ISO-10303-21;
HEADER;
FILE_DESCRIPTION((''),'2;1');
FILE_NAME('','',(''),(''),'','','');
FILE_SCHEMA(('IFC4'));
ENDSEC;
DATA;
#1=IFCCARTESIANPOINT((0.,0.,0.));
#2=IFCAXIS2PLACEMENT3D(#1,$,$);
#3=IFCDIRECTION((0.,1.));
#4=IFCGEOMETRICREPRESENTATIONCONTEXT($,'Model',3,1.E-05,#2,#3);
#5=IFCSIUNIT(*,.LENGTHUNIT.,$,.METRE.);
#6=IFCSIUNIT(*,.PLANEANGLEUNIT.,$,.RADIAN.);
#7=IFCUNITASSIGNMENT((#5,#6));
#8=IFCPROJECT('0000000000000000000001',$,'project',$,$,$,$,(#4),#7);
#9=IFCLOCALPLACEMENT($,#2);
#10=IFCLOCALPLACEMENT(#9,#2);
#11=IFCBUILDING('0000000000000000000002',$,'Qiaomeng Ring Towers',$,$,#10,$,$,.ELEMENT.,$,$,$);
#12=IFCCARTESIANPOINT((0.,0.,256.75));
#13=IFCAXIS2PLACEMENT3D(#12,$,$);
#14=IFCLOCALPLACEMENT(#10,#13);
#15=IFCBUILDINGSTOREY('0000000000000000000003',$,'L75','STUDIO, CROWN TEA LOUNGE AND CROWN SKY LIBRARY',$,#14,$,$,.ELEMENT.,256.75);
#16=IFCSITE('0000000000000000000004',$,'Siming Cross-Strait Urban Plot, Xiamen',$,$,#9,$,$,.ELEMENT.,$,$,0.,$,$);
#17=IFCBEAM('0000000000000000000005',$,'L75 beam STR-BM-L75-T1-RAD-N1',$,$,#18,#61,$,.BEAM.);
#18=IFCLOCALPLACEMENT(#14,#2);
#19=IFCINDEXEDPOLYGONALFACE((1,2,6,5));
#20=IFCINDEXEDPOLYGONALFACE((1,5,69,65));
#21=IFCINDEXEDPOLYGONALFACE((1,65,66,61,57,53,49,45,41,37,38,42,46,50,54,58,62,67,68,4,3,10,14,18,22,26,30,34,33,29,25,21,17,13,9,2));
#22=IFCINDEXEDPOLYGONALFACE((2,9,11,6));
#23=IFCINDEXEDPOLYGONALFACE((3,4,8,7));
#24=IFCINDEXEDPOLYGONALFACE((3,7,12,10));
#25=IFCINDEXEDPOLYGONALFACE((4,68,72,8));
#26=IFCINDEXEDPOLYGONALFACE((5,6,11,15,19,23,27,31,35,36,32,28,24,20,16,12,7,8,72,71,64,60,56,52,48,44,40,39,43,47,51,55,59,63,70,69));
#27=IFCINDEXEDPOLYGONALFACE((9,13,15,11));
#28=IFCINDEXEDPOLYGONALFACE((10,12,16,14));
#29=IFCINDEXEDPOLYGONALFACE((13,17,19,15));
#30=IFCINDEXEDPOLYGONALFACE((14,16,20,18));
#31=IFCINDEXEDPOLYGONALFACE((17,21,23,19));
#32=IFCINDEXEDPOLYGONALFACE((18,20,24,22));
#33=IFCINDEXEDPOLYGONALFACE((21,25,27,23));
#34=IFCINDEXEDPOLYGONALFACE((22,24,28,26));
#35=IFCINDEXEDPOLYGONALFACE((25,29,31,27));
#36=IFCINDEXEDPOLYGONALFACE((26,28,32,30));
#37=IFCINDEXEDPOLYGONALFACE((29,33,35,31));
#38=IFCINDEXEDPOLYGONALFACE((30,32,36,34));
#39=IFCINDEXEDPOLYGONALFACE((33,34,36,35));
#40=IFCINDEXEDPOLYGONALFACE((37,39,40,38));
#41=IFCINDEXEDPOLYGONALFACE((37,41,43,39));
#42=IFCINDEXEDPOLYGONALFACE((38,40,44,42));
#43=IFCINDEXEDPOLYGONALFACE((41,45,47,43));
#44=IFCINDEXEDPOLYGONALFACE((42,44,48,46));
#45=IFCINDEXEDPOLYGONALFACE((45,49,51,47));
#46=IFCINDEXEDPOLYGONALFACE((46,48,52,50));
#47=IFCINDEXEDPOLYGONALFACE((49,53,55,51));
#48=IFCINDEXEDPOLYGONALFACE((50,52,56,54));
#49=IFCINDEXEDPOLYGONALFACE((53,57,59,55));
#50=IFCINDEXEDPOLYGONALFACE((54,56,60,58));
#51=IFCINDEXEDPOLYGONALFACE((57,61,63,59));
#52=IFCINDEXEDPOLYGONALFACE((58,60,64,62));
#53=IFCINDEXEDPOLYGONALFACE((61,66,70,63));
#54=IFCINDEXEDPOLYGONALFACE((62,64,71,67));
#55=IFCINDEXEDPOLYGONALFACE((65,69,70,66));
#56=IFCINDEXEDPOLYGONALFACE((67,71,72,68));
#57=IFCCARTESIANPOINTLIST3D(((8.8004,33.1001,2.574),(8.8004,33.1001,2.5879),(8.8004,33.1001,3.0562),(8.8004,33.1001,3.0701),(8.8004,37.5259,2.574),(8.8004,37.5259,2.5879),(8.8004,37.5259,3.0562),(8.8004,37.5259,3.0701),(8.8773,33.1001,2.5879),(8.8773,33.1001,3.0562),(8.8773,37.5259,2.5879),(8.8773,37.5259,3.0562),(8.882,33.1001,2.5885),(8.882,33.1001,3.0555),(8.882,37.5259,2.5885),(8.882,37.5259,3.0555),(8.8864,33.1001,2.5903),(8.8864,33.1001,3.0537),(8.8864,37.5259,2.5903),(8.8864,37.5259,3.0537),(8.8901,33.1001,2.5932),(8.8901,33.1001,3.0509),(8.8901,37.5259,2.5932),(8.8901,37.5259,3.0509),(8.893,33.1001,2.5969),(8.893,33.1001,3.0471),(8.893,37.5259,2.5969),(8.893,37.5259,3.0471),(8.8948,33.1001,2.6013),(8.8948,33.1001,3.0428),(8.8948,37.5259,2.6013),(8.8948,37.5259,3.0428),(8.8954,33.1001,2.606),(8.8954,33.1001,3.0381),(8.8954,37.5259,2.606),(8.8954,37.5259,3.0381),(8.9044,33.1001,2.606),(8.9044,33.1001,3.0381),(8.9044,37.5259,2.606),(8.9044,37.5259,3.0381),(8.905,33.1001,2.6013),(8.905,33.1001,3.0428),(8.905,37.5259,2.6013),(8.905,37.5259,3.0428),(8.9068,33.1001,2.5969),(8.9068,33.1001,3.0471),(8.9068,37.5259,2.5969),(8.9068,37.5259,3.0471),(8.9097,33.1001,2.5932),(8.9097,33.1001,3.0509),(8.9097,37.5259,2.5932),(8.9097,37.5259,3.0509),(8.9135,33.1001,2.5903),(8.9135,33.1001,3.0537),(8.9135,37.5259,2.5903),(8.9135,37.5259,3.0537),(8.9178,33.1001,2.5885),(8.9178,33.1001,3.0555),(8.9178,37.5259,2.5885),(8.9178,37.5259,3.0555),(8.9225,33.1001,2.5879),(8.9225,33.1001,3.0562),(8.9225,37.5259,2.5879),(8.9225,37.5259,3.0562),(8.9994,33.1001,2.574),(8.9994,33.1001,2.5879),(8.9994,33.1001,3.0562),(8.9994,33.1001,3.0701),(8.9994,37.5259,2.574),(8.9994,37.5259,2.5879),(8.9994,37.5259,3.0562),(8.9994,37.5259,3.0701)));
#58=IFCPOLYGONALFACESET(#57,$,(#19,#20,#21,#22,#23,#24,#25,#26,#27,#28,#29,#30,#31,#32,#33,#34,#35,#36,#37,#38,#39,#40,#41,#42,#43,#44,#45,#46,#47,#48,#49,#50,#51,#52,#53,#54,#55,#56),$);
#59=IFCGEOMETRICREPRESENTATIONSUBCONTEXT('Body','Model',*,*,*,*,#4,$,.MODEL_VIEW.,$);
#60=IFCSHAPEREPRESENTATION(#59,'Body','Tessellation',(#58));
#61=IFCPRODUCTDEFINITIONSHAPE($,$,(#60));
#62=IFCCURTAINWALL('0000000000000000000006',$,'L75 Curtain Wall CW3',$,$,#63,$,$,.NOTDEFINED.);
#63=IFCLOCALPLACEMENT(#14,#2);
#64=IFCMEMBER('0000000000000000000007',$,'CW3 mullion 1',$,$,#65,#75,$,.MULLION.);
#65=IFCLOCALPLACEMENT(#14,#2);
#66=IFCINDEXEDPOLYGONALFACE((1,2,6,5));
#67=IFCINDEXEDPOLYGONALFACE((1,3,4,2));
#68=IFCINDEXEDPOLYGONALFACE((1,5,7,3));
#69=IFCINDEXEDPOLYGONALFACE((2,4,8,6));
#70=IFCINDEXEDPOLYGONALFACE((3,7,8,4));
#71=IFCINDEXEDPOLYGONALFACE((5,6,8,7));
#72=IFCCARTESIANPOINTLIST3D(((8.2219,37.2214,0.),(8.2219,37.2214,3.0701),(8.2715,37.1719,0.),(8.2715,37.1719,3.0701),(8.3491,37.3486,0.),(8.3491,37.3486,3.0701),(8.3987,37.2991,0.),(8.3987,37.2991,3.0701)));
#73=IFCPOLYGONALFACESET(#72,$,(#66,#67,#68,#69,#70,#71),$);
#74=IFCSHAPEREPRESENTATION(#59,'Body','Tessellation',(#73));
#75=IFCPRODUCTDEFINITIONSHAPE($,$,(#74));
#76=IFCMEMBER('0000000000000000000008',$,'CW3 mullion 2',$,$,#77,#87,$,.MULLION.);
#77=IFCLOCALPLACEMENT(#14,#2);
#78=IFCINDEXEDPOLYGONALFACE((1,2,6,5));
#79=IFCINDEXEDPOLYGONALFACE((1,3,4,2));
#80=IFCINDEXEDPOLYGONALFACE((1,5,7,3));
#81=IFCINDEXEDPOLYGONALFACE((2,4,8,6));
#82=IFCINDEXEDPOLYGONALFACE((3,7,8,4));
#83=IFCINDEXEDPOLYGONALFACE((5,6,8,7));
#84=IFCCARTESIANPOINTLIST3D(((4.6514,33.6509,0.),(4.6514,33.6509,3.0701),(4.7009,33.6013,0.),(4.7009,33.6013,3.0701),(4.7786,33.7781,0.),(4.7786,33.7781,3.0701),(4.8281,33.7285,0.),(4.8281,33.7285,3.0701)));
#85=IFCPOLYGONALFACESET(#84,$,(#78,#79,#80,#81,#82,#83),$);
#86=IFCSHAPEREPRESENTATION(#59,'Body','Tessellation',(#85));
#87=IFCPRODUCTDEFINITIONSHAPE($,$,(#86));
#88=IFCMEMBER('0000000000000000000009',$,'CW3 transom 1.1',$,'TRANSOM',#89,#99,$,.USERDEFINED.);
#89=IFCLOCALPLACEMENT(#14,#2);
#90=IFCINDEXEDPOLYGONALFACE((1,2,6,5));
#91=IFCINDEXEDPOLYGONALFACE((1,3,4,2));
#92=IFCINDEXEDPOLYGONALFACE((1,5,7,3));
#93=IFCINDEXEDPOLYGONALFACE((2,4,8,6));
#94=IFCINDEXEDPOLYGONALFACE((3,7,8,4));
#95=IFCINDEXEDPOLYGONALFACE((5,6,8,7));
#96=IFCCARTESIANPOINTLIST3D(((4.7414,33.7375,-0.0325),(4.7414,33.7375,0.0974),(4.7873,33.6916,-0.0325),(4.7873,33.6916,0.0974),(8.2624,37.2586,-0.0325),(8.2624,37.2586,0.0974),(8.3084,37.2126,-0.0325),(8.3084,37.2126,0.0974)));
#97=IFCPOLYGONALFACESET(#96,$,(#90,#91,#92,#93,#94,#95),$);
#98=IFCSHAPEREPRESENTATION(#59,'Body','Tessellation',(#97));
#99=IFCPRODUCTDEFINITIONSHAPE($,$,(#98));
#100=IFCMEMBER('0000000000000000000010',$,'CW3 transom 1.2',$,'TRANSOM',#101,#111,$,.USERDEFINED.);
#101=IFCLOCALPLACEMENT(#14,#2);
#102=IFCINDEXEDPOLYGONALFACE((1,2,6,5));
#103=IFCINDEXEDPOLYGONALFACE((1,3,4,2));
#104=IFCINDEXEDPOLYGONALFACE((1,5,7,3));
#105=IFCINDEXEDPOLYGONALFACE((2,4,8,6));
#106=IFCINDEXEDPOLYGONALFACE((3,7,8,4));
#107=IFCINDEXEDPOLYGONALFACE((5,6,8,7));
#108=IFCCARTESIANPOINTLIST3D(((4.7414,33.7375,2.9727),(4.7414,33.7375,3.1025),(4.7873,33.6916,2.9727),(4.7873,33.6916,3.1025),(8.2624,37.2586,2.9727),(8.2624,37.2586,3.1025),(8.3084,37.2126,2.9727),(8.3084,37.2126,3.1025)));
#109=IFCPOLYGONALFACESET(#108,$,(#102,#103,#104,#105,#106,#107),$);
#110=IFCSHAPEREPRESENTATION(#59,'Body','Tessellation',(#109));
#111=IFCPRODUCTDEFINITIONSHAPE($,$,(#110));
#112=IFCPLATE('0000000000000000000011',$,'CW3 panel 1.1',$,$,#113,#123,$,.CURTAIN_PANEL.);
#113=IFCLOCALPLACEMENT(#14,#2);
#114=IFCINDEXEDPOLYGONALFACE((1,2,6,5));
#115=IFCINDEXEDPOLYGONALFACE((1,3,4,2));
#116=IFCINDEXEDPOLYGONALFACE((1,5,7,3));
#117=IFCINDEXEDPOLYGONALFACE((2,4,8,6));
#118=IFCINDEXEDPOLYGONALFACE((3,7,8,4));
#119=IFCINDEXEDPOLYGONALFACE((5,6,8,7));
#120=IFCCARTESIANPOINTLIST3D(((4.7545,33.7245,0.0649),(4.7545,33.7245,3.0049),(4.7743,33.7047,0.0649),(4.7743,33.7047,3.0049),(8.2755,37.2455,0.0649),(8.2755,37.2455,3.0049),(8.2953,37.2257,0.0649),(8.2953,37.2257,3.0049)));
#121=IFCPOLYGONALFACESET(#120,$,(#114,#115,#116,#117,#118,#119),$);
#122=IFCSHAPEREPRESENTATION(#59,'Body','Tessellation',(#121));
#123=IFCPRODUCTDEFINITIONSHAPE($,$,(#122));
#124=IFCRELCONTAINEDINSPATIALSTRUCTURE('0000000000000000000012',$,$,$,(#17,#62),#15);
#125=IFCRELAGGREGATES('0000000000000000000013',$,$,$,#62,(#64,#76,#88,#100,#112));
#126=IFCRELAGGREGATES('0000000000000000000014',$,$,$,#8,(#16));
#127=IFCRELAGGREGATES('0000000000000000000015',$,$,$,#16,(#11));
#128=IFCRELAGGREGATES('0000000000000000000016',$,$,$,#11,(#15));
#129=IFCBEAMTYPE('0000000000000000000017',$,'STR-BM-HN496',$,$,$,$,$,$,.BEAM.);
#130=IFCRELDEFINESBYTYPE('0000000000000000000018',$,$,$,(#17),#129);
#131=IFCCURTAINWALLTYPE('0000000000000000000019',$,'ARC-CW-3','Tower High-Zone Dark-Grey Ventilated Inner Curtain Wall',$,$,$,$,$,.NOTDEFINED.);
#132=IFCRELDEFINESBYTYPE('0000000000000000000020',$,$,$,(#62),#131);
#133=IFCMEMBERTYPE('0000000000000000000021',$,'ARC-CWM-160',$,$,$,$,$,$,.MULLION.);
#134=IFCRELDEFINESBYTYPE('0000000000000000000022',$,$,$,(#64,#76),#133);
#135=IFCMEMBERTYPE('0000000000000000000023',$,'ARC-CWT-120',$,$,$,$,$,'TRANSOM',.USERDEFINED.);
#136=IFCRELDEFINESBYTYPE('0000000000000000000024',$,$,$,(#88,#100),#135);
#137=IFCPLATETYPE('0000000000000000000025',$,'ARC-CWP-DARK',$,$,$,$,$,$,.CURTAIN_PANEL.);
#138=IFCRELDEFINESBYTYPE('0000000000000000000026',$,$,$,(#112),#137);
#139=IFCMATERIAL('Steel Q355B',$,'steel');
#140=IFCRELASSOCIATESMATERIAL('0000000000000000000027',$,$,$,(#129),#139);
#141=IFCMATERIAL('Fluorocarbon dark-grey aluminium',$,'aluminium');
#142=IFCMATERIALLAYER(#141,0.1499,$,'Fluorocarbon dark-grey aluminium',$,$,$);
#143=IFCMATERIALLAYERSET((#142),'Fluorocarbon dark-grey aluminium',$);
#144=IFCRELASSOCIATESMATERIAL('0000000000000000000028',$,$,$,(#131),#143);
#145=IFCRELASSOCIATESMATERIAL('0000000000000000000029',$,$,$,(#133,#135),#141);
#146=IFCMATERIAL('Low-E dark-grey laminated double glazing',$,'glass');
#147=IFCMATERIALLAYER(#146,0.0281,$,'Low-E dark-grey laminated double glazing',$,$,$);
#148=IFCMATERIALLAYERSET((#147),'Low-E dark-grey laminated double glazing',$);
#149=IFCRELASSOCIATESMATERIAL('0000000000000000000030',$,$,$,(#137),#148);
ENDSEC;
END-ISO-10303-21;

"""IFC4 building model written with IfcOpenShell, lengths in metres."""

from ifc_helpers import new_model, si_unit, direction, frame, origin, origin_2d, place, context, subcontext, project, spatial, rectangle, i_section, extrude, source, transform, mapped, material, layer, layer_set, material_profile, profile_set, type_object, element, aggregate, save


model = new_model("IFC4")

# Units and contexts
model_context = context("Model", 3, precision=1e-05, world=origin(), true_north=direction((0.0, 1.0)))
body_context = subcontext(model_context, "Body", "Model", "MODEL_VIEW")
ifc_project = project(units=[si_unit("LENGTHUNIT", "METRE"), si_unit("PLANEANGLEUNIT", "RADIAN")], contexts=[model_context])

# Site, building, storey
site_placement = place(None, origin())
site = spatial("IfcSite", under=ifc_project, at=site_placement, Name="Siming Cross-Strait Urban Plot, Xiamen", CompositionType="ELEMENT", RefElevation=0.0)
building_placement = place(site_placement, origin())
building = spatial("IfcBuilding", under=site, at=building_placement, Name="Qiaomeng Ring Towers", CompositionType="ELEMENT")
storey_placement = place(building_placement, frame((0.0, 0.0, 256.75)))
storey = spatial("IfcBuildingStorey", under=building, at=storey_placement, Name="L75", Description="STUDIO, CROWN TEA LOUNGE AND CROWN SKY LIBRARY", CompositionType="ELEMENT", Elevation=256.75)

# Beam
ifc_material_1 = material(Name="Steel Q355B", Category="steel")
ifc_material_profile_1 = material_profile(ifc_material_1, i_section(OverallWidth=0.199, OverallDepth=0.4961, WebThickness=0.009, FlangeThickness=0.0139, FilletRadius=0.0181, at=origin_2d()), Name="HN 496x199x9x14")
ifc_profile_set_1 = profile_set([ifc_material_profile_1], Name="Steel Q355B")
beam_type_1 = type_object("IfcBeamType", Name="STR-BM-HN496", PredefinedType="BEAM", material=ifc_profile_set_1)
shared_shape_1 = source(origin(), body_context, "Body", "SweptSolid", [
    extrude(i_section(OverallWidth=0.199, OverallDepth=0.4961, WebThickness=0.009, FlangeThickness=0.0139, FilletRadius=0.0181, at=origin_2d()), origin(), (0.0, 0.0, 1.0), 4.4258),
])
beam_1_placement = place(storey_placement, frame((8.8999, 37.5259, 2.822), z_axis=(0.0, -1.0, 0.0), x_axis=(1.0, 0.0, 0.0)))
element("IfcBeam", 1, at=beam_1_placement, inside=storey, type_object=beam_type_1, Name="L75 beam STR-BM-L75-T1-RAD-N1", PredefinedType="BEAM", context=body_context, shape_type="MappedRepresentation", body=[
    mapped(shared_shape_1, transform((0.0, 0.0, 0.0), x_axis=(1.0, 0.0, 0.0), y_axis=(0.0, 1.0, 0.0), z_axis=(0.0, 0.0, 1.0), scale=1.0)),
])

# Curtain wall, members, plate
ifc_material_2 = material(Name="Fluorocarbon dark-grey aluminium", Category="aluminium")
ifc_layer_1 = layer(ifc_material_2, 0.1499, Name="Fluorocarbon dark-grey aluminium")
ifc_layer_set_1 = layer_set([ifc_layer_1], Name="Fluorocarbon dark-grey aluminium")
curtain_wall_type = type_object("IfcCurtainWallType", Name="ARC-CW-3", Description="Tower High-Zone Dark-Grey Ventilated Inner Curtain Wall", PredefinedType="NOTDEFINED", material=ifc_layer_set_1)
curtain_wall_placement = place(storey_placement, origin())
curtain_wall = element("IfcCurtainWall", 2, at=curtain_wall_placement, inside=storey, type_object=curtain_wall_type, Name="L75 Curtain Wall CW3", PredefinedType="NOTDEFINED")
ifc_material_profile_2 = material_profile(ifc_material_2, rectangle(XDim=0.0701, YDim=0.1799, at=origin_2d()), Name="ALU MULL 70x180")
ifc_profile_set_2 = profile_set([ifc_material_profile_2], Name="Fluorocarbon dark-grey aluminium")
member_type_1 = type_object("IfcMemberType", Name="ARC-CWM-160", PredefinedType="MULLION", material=ifc_profile_set_2)
shared_shape_2 = source(origin(), body_context, "Body", "SweptSolid", [
    extrude(rectangle(XDim=0.0701, YDim=0.1799, at=origin_2d()), origin(), (0.0, 0.0, 1.0), 3.0701),
])
member_1_placement = place(storey_placement, frame((8.3103, 37.2603, 0.0), z_axis=(0.0, 0.0, 1.0), x_axis=(0.707107, -0.707107, 0.0)))
member_1 = element("IfcMember", 3, at=member_1_placement, type_object=member_type_1, Name="CW3 mullion 1", PredefinedType="MULLION", context=body_context, shape_type="MappedRepresentation", body=[
    mapped(shared_shape_2, transform((0.0, 0.0, 0.0), x_axis=(1.0, 0.0, 0.0), y_axis=(0.0, 1.0, 0.0), z_axis=(0.0, 0.0, 1.0), scale=1.0)),
])
member_2_placement = place(storey_placement, frame((4.7397, 33.6897, 0.0), z_axis=(0.0, 0.0, 1.0), x_axis=(0.707107, -0.707107, 0.0)))
member_2 = element("IfcMember", 4, at=member_2_placement, type_object=member_type_1, Name="CW3 mullion 2", PredefinedType="MULLION", context=body_context, shape_type="MappedRepresentation", body=[
    mapped(shared_shape_2, transform((0.0, 0.0, 0.0), x_axis=(1.0, 0.0, 0.0), y_axis=(0.0, 1.0, 0.0), z_axis=(0.0, 0.0, 1.0), scale=1.0)),
])
ifc_material_profile_3 = material_profile(ifc_material_2, rectangle(XDim=0.0649, YDim=0.1299, at=origin_2d()), Name="ALU TRAN 65x130")
ifc_profile_set_3 = profile_set([ifc_material_profile_3], Name="Fluorocarbon dark-grey aluminium")
member_type_2 = type_object("IfcMemberType", Name="ARC-CWT-120", ElementType="TRANSOM", PredefinedType="USERDEFINED", material=ifc_profile_set_3)
shared_shape_3 = source(origin(), body_context, "Body", "SweptSolid", [
    extrude(rectangle(XDim=0.0649, YDim=0.1299, at=origin_2d()), origin(), (0.0, 0.0, 1.0), 4.9795),
])
member_3_placement = place(storey_placement, frame((8.2854, 37.2356, 0.0325), z_axis=(-0.707107, -0.707107, 0.0), x_axis=(0.707107, -0.707107, 0.0)))
member_3 = element("IfcMember", 5, at=member_3_placement, type_object=member_type_2, Name="CW3 transom 1.1", ObjectType="TRANSOM", PredefinedType="USERDEFINED", context=body_context, shape_type="MappedRepresentation", body=[
    mapped(shared_shape_3, transform((0.0, 0.0, 0.0), x_axis=(1.0, 0.0, 0.0), y_axis=(0.0, 1.0, 0.0), z_axis=(0.0, 0.0, 1.0), scale=1.0)),
])
member_4_placement = place(storey_placement, frame((8.2854, 37.2356, 3.0376), z_axis=(-0.707107, -0.707107, 0.0), x_axis=(0.707107, -0.707107, 0.0)))
member_4 = element("IfcMember", 6, at=member_4_placement, type_object=member_type_2, Name="CW3 transom 1.2", ObjectType="TRANSOM", PredefinedType="USERDEFINED", context=body_context, shape_type="MappedRepresentation", body=[
    mapped(shared_shape_3, transform((0.0, 0.0, 0.0), x_axis=(1.0, 0.0, 0.0), y_axis=(0.0, 1.0, 0.0), z_axis=(0.0, 0.0, 1.0), scale=1.0)),
])
ifc_material_3 = material(Name="Low-E dark-grey laminated double glazing", Category="glass")
ifc_layer_2 = layer(ifc_material_3, 0.0281, Name="Low-E dark-grey laminated double glazing")
ifc_layer_set_2 = layer_set([ifc_layer_2], Name="Low-E dark-grey laminated double glazing")
plate_type = type_object("IfcPlateType", Name="ARC-CWP-DARK", PredefinedType="CURTAIN_PANEL", material=ifc_layer_set_2)
shared_shape_4 = source(origin(), body_context, "Body", "SweptSolid", [
    extrude(rectangle(XDim=4.9795, YDim=0.0281, at=origin_2d()), origin(), (0.0, 0.0, 1.0), 2.9399),
])
plate_placement = place(storey_placement, frame((6.5249, 35.4751, 0.0649), z_axis=(0.0, 0.0, 1.0), x_axis=(-0.707107, -0.707107, 0.0)))
plate = element("IfcPlate", 7, at=plate_placement, type_object=plate_type, Name="CW3 panel 1.1", PredefinedType="CURTAIN_PANEL", context=body_context, shape_type="MappedRepresentation", body=[
    mapped(shared_shape_4, transform((0.0, 0.0, 0.0), x_axis=(1.0, 0.0, 0.0), y_axis=(0.0, 1.0, 0.0), z_axis=(0.0, 0.0, 1.0), scale=1.0)),
])
aggregate(curtain_wall, [member_1, member_2, member_3, member_4, plate])

save(model, "model.ifc")
